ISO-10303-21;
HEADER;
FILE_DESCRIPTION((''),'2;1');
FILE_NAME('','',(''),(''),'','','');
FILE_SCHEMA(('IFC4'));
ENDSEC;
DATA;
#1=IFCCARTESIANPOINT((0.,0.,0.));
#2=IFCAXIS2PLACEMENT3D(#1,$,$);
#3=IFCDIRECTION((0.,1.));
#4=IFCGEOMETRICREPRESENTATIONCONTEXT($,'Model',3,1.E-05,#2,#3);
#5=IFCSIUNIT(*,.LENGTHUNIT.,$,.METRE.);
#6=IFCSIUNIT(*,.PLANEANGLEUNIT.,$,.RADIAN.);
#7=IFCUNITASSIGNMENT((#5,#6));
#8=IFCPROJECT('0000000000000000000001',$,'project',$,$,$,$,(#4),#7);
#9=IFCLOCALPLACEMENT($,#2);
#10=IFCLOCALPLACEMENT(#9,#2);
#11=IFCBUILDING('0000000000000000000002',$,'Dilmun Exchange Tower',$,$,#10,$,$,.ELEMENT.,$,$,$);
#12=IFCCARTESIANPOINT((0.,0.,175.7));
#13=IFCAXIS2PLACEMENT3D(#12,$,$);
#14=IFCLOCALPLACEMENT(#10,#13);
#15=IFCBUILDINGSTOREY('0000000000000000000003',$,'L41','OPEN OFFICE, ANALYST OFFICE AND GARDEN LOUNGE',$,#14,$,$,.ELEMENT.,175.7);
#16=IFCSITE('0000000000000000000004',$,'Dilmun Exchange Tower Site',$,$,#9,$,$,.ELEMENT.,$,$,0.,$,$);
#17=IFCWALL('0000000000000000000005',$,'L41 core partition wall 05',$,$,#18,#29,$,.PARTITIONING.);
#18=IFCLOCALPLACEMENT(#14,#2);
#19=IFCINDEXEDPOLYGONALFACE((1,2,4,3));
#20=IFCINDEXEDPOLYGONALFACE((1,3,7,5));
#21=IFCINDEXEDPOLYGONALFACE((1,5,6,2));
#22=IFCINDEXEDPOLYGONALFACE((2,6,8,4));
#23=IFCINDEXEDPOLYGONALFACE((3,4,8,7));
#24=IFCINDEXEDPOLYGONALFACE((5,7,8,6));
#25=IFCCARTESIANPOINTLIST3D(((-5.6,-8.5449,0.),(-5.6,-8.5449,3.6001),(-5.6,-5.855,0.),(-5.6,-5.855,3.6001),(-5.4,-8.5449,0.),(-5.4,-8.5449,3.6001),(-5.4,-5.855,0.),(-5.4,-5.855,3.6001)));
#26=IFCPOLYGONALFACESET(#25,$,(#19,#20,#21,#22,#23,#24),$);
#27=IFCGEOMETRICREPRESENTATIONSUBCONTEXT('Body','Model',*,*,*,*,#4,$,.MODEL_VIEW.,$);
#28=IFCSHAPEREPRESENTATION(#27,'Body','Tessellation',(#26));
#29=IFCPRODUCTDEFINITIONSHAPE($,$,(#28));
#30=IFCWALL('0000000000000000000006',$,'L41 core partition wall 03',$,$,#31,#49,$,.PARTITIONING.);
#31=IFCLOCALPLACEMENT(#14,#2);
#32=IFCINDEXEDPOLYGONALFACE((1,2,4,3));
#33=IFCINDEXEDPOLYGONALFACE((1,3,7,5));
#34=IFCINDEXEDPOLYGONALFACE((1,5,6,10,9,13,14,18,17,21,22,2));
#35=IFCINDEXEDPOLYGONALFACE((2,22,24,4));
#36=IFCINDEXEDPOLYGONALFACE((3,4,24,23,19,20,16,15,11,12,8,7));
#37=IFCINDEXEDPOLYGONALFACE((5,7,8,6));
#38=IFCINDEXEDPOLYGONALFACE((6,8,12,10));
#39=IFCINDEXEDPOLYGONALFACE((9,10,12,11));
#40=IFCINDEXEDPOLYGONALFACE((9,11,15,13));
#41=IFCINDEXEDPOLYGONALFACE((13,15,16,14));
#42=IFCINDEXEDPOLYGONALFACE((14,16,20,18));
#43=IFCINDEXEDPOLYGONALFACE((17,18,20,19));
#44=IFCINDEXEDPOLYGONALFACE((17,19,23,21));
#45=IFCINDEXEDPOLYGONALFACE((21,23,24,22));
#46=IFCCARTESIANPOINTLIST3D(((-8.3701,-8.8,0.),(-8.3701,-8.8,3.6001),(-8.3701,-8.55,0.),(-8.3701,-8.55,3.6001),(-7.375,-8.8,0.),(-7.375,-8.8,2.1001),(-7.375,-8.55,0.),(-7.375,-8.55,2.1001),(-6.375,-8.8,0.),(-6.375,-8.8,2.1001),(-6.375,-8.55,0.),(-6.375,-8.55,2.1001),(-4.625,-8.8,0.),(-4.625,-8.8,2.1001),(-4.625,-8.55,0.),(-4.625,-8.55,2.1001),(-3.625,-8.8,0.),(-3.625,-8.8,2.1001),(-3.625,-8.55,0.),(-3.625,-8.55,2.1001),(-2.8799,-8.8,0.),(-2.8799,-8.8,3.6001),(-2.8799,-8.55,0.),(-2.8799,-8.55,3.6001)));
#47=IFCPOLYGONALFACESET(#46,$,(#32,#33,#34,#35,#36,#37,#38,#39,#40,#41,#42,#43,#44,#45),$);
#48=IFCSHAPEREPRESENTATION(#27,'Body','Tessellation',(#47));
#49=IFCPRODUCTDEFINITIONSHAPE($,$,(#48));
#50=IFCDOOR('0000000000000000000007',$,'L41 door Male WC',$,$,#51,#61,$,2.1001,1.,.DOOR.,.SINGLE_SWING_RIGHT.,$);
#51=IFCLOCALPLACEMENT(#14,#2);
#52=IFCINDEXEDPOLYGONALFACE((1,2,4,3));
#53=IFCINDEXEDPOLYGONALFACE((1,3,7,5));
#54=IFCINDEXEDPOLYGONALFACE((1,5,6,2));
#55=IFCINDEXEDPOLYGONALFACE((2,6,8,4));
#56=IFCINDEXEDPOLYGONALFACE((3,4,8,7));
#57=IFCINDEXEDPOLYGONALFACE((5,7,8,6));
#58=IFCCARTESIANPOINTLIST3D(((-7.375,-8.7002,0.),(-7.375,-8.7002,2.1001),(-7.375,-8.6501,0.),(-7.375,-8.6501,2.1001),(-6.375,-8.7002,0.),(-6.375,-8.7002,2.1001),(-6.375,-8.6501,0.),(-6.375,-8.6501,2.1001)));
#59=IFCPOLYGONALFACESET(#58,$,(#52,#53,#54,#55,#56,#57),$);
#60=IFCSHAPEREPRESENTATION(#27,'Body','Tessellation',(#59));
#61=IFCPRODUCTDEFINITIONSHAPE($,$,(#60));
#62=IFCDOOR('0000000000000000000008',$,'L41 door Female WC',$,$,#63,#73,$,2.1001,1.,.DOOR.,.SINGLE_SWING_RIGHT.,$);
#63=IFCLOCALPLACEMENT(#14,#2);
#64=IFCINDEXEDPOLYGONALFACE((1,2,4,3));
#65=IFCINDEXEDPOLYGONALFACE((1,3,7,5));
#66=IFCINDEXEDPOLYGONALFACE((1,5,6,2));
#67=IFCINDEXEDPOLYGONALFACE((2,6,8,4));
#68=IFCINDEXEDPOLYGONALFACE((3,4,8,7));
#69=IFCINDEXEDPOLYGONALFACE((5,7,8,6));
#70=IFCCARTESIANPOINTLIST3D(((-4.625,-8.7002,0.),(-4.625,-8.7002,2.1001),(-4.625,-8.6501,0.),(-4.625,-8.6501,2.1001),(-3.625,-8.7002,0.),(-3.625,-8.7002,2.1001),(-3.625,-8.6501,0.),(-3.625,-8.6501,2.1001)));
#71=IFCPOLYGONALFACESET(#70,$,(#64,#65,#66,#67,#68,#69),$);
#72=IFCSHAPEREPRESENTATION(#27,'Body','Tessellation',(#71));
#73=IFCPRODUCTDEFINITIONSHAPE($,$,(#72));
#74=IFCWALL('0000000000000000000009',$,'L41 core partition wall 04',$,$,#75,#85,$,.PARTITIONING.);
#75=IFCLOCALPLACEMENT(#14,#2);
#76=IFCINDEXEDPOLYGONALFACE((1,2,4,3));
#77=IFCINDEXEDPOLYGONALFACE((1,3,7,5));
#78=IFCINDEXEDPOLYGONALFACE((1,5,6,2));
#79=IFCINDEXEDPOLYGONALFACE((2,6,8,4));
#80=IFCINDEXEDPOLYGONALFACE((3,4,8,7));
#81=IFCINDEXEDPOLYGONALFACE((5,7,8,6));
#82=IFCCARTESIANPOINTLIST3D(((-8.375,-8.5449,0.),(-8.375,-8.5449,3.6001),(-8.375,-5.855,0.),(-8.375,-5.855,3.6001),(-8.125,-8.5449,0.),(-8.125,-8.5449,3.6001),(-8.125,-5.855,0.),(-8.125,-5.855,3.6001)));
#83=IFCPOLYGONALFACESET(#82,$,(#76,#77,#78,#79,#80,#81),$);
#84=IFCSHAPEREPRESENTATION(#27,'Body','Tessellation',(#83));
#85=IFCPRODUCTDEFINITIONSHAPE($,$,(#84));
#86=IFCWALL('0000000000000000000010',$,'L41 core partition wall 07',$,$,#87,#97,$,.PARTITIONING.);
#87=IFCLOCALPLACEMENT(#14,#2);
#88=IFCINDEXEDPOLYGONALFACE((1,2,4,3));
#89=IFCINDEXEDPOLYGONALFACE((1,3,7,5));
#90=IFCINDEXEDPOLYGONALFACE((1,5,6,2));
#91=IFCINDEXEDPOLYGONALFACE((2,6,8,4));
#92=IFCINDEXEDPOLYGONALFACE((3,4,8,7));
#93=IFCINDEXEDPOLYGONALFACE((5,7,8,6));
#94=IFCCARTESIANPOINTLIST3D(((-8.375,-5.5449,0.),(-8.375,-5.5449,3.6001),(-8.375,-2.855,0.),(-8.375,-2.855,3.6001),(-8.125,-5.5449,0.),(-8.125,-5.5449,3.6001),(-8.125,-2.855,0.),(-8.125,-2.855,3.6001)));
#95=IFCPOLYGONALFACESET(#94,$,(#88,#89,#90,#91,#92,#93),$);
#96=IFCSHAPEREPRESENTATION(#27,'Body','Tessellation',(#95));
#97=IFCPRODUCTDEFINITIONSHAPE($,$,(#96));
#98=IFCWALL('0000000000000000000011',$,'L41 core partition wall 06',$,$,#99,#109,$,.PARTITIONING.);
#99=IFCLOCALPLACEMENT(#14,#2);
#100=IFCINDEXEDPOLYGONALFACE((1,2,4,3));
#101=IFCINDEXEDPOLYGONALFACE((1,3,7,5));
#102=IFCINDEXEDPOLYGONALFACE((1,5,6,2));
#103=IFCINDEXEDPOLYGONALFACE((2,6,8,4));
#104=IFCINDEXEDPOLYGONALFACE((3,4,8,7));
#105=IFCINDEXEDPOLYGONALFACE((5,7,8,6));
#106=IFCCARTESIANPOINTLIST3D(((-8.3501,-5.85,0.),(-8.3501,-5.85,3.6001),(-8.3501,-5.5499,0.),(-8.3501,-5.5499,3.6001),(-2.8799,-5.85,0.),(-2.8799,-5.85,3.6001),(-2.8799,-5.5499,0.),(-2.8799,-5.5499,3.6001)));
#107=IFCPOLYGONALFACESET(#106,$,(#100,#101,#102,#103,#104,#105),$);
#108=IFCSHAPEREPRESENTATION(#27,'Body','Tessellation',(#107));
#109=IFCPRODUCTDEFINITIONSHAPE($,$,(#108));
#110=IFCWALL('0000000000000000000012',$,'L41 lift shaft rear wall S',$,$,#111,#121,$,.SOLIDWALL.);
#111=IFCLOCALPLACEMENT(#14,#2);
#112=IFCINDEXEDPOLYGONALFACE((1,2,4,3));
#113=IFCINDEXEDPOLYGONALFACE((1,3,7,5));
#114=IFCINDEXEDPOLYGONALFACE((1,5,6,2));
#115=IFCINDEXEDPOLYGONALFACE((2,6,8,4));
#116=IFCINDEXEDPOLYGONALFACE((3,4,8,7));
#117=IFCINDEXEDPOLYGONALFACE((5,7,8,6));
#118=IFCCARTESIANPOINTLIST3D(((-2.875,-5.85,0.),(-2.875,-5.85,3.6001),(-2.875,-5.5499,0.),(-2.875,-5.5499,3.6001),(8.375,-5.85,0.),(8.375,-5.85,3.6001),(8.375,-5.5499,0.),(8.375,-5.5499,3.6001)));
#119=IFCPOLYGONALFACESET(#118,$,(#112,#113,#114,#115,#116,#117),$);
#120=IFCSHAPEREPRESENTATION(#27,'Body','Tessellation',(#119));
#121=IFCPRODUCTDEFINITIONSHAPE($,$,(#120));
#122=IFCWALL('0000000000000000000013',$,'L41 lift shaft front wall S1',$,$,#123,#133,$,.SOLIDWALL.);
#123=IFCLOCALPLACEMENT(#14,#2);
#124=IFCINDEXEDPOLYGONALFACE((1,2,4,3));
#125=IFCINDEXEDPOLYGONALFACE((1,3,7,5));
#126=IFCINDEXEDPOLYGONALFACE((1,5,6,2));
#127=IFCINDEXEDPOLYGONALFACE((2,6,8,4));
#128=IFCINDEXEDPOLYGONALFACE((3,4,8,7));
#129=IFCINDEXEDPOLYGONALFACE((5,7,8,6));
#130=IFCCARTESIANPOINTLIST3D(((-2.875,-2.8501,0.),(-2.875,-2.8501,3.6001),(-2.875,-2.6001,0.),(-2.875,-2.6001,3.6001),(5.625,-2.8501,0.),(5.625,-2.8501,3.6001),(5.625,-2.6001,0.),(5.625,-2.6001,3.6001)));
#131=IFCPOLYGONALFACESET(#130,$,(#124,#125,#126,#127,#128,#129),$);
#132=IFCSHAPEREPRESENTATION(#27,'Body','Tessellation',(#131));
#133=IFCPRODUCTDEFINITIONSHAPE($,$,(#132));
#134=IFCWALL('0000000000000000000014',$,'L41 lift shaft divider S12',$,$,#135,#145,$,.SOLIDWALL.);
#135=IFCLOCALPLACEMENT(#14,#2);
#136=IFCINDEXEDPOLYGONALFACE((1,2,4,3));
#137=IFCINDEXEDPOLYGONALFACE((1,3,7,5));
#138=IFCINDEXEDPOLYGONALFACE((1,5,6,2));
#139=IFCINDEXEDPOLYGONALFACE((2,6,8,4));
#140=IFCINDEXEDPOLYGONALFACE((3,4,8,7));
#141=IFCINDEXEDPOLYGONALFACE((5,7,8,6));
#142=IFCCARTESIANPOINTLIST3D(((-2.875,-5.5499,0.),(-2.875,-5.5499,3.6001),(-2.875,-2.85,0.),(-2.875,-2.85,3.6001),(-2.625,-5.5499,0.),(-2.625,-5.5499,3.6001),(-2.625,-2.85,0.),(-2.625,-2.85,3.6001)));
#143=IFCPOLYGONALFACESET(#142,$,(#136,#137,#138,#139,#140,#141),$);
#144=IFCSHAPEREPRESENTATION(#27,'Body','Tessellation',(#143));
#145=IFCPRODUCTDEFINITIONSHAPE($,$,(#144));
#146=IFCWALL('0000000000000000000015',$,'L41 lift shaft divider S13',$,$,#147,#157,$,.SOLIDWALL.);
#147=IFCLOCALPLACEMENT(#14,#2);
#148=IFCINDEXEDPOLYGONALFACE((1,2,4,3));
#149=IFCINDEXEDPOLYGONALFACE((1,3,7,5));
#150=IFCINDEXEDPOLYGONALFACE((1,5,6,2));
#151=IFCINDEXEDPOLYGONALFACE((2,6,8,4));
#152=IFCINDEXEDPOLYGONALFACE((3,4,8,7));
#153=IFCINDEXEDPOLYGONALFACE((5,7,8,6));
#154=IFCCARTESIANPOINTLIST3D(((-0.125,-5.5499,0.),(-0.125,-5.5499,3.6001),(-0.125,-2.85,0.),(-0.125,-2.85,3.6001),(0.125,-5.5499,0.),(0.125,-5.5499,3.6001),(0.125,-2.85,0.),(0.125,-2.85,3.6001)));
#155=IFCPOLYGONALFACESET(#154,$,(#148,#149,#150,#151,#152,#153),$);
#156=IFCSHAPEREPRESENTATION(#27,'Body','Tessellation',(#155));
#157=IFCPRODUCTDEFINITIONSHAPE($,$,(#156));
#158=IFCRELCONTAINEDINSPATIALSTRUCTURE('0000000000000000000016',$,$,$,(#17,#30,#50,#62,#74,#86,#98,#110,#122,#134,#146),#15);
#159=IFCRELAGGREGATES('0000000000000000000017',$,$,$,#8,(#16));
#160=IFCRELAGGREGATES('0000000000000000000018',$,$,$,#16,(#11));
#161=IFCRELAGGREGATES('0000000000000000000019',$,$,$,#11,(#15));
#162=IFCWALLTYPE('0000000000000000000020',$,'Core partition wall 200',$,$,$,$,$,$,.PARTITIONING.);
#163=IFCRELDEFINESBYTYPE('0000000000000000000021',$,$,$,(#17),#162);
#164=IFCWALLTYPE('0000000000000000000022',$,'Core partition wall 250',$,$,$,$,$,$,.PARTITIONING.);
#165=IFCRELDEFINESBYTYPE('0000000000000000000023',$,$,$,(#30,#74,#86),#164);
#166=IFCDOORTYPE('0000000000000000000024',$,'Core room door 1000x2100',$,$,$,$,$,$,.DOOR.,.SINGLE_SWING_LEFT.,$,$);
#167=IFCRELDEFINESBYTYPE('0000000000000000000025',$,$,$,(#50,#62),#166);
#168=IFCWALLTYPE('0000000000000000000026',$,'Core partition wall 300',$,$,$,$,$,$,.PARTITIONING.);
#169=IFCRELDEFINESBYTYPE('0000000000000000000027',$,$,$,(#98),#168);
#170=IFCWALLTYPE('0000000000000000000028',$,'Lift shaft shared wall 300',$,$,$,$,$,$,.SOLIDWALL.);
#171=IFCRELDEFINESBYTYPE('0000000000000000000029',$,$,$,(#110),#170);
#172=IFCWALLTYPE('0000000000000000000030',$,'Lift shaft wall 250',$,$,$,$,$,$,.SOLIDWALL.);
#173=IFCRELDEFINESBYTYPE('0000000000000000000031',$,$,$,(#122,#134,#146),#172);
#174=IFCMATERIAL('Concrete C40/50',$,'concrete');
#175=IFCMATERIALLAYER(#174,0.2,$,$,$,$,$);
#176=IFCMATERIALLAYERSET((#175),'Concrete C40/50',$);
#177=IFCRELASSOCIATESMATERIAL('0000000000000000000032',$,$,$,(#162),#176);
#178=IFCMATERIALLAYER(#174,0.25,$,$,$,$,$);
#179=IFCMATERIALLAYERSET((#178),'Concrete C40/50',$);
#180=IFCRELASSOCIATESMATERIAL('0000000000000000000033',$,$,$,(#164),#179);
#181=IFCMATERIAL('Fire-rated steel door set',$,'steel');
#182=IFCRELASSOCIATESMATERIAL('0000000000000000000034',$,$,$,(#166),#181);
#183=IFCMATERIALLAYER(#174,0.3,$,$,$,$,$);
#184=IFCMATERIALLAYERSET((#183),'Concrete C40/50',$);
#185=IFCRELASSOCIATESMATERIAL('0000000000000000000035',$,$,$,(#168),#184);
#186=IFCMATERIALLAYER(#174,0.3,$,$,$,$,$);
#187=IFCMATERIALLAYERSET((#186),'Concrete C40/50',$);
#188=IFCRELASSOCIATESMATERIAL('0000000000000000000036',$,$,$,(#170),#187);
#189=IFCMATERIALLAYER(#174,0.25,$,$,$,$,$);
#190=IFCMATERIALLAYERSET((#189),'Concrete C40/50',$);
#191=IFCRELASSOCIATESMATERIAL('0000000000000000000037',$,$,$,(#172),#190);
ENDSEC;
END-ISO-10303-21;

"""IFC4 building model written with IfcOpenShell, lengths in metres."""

from ifc_helpers import new_model, si_unit, direction, frame, frame_2d, origin, place, context, subcontext, project, spatial, rectangle, extrude, material, layer, layer_set, type_object, element, fill, save


model = new_model("IFC4")

# Units and contexts
model_context = context("Model", 3, precision=1e-05, world=origin(), true_north=direction((0.0, 1.0)))
body_context = subcontext(model_context, "Body", "Model", "MODEL_VIEW")
ifc_project = project(units=[si_unit("LENGTHUNIT", "METRE"), si_unit("PLANEANGLEUNIT", "RADIAN")], contexts=[model_context])

# Site, building, storey
site_placement = place(None, origin())
site = spatial("IfcSite", under=ifc_project, at=site_placement, Name="Dilmun Exchange Tower Site", CompositionType="ELEMENT", RefElevation=0.0)
building_placement = place(site_placement, origin())
building = spatial("IfcBuilding", under=site, at=building_placement, Name="Dilmun Exchange Tower", CompositionType="ELEMENT")
storey_placement = place(building_placement, frame((0.0, 0.0, 175.7)))
storey = spatial("IfcBuildingStorey", under=building, at=storey_placement, Name="L41", Description="OPEN OFFICE, ANALYST OFFICE AND GARDEN LOUNGE", CompositionType="ELEMENT", Elevation=175.7)

# Wall
ifc_material_1 = material(Name="Concrete C40/50", Category="concrete")
ifc_layer_1 = layer(ifc_material_1, 0.2)
ifc_layer_set_1 = layer_set([ifc_layer_1], Name="Concrete C40/50")
wall_type_1 = type_object("IfcWallType", Name="Core partition wall 200", PredefinedType="PARTITIONING", material=ifc_layer_set_1)
wall_1_placement = place(storey_placement, frame((-5.5, -8.5449, 0.0), z_axis=(0.0, 0.0, 1.0), x_axis=(0.0, 1.0, 0.0)))
element("IfcWall", 1, at=wall_1_placement, inside=storey, type_object=wall_type_1, Name="L41 core partition wall 05", PredefinedType="PARTITIONING", context=body_context, shape_type="SweptSolid", body=[
    extrude(rectangle(XDim=2.6899, YDim=0.2, at=frame_2d((1.345, 0.0))), origin(), (0.0, 0.0, 1.0), 3.6001),
])

# Wall, openings, doors
ifc_layer_2 = layer(ifc_material_1, 0.25)
ifc_layer_set_2 = layer_set([ifc_layer_2], Name="Concrete C40/50")
wall_type_2 = type_object("IfcWallType", Name="Core partition wall 250", PredefinedType="PARTITIONING", material=ifc_layer_set_2)
wall_2_placement = place(storey_placement, frame((-8.3701, -8.675, 0.0), z_axis=(0.0, 0.0, 1.0), x_axis=(1.0, 0.0, 0.0)))
wall_2 = element("IfcWall", 2, at=wall_2_placement, inside=storey, type_object=wall_type_2, Name="L41 core partition wall 03", PredefinedType="PARTITIONING", context=body_context, shape_type="SweptSolid", body=[
    extrude(rectangle(XDim=5.4902, YDim=0.25, at=frame_2d((2.7451, 0.0))), origin(), (0.0, 0.0, 1.0), 3.6001),
])
opening_1_placement = place(wall_2_placement, frame((0.9951, 0.0, 0.0)))
opening_1 = element("IfcOpeningElement", 3, at=opening_1_placement, cuts=wall_2, PredefinedType="OPENING", context=body_context, shape_type="SweptSolid", body=[
    extrude(rectangle(XDim=1.0, YDim=2.1001, at=frame_2d((0.5, 1.05))), frame((0.0, 0.135, 0.0), z_axis=(0.0, -1.0, 0.0), x_axis=(1.0, 0.0, 0.0)), (0.0, 0.0, 1.0), 0.27),
])
opening_2_placement = place(wall_2_placement, frame((3.7451, 0.0, 0.0)))
opening_2 = element("IfcOpeningElement", 4, at=opening_2_placement, cuts=wall_2, PredefinedType="OPENING", context=body_context, shape_type="SweptSolid", body=[
    extrude(rectangle(XDim=1.0, YDim=2.1001, at=frame_2d((0.5, 1.05))), frame((0.0, 0.135, 0.0), z_axis=(0.0, -1.0, 0.0), x_axis=(1.0, 0.0, 0.0)), (0.0, 0.0, 1.0), 0.27),
])
ifc_material_2 = material(Name="Fire-rated steel door set", Category="steel")
door_type_1 = type_object("IfcDoorType", Name="Core room door 1000x2100", OperationType="SINGLE_SWING_LEFT", PredefinedType="DOOR", material=ifc_material_2)
door_1_placement = place(opening_1_placement, origin())
door_1 = element("IfcDoor", 5, at=door_1_placement, inside=storey, type_object=door_type_1, Name="L41 door Male WC", OperationType="SINGLE_SWING_RIGHT", OverallHeight=2.1001, OverallWidth=1.0, PredefinedType="DOOR", context=body_context, shape_type="SweptSolid", body=[
    extrude(rectangle(XDim=1.0, YDim=2.1001, at=frame_2d((0.5, 1.05))), frame((0.0, 0.0249, 0.0), z_axis=(0.0, -1.0, 0.0), x_axis=(1.0, 0.0, 0.0)), (0.0, 0.0, 1.0), 0.05),
])
fill(opening_1, door_1)
door_2_placement = place(opening_2_placement, origin())
door_2 = element("IfcDoor", 6, at=door_2_placement, inside=storey, type_object=door_type_1, Name="L41 door Female WC", OperationType="SINGLE_SWING_RIGHT", OverallHeight=2.1001, OverallWidth=1.0, PredefinedType="DOOR", context=body_context, shape_type="SweptSolid", body=[
    extrude(rectangle(XDim=1.0, YDim=2.1001, at=frame_2d((0.5, 1.05))), frame((0.0, 0.0249, 0.0), z_axis=(0.0, -1.0, 0.0), x_axis=(1.0, 0.0, 0.0)), (0.0, 0.0, 1.0), 0.05),
])
fill(opening_2, door_2)

# Walls
for number, where, z_axis, x_axis, name in (
    (7, (-8.25, -8.5449, 0.0), (0.0, 0.0, 1.0), (0.0, 1.0, 0.0), "L41 core partition wall 04"),
    (8, (-8.25, -5.5449, 0.0), (0.0, 0.0, 1.0), (0.0, 1.0, 0.0), "L41 core partition wall 07"),
):
    element("IfcWall", number, at=place(storey_placement, frame(where, z_axis=z_axis, x_axis=x_axis)), inside=storey, type_object=wall_type_2, Name=name, PredefinedType="PARTITIONING", context=body_context, shape_type="SweptSolid", body=[
        extrude(rectangle(XDim=2.6899, YDim=0.25, at=frame_2d((1.345, 0.0))), origin(), (0.0, 0.0, 1.0), 3.6001),
    ])
ifc_layer_3 = layer(ifc_material_1, 0.3)
ifc_layer_set_3 = layer_set([ifc_layer_3], Name="Concrete C40/50")
wall_type_3 = type_object("IfcWallType", Name="Core partition wall 300", PredefinedType="PARTITIONING", material=ifc_layer_set_3)
wall_3_placement = place(storey_placement, frame((-8.3501, -5.7, 0.0), z_axis=(0.0, 0.0, 1.0), x_axis=(1.0, 0.0, 0.0)))
element("IfcWall", 9, at=wall_3_placement, inside=storey, type_object=wall_type_3, Name="L41 core partition wall 06", PredefinedType="PARTITIONING", context=body_context, shape_type="SweptSolid", body=[
    extrude(rectangle(XDim=5.4702, YDim=0.3, at=frame_2d((2.7351, 0.0))), origin(), (0.0, 0.0, 1.0), 3.6001),
])
ifc_layer_4 = layer(ifc_material_1, 0.3)
ifc_layer_set_4 = layer_set([ifc_layer_4], Name="Concrete C40/50")
wall_type_4 = type_object("IfcWallType", Name="Lift shaft shared wall 300", PredefinedType="SOLIDWALL", material=ifc_layer_set_4)
wall_4_placement = place(storey_placement, frame((-2.875, -5.7, 0.0), z_axis=(0.0, 0.0, 1.0), x_axis=(1.0, 0.0, 0.0)))
element("IfcWall", 10, at=wall_4_placement, inside=storey, type_object=wall_type_4, Name="L41 lift shaft rear wall S", PredefinedType="SOLIDWALL", context=body_context, shape_type="SweptSolid", body=[
    extrude(rectangle(XDim=11.25, YDim=0.3, at=frame_2d((5.625, 0.0))), origin(), (0.0, 0.0, 1.0), 3.6001),
])
ifc_layer_5 = layer(ifc_material_1, 0.25)
ifc_layer_set_5 = layer_set([ifc_layer_5], Name="Concrete C40/50")
wall_type_5 = type_object("IfcWallType", Name="Lift shaft wall 250", PredefinedType="SOLIDWALL", material=ifc_layer_set_5)
wall_5_placement = place(storey_placement, frame((-2.875, -2.7251, 0.0), z_axis=(0.0, 0.0, 1.0), x_axis=(1.0, 0.0, 0.0)))
element("IfcWall", 11, at=wall_5_placement, inside=storey, type_object=wall_type_5, Name="L41 lift shaft front wall S1", PredefinedType="SOLIDWALL", context=body_context, shape_type="SweptSolid", body=[
    extrude(rectangle(XDim=8.5, YDim=0.25, at=frame_2d((4.25, 0.0))), origin(), (0.0, 0.0, 1.0), 3.6001),
])
for number, where, z_axis, x_axis, name in (
    (12, (-2.75, -5.55, 0.0), (0.0, 0.0, 1.0), (0.0, 1.0, 0.0), "L41 lift shaft divider S12"),
    (13, (0.0, -5.55, 0.0), (0.0, 0.0, 1.0), (0.0, 1.0, 0.0), "L41 lift shaft divider S13"),
):
    element("IfcWall", number, at=place(storey_placement, frame(where, z_axis=z_axis, x_axis=x_axis)), inside=storey, type_object=wall_type_5, Name=name, PredefinedType="SOLIDWALL", context=body_context, shape_type="SweptSolid", body=[
        extrude(rectangle(XDim=2.7, YDim=0.25, at=frame_2d((1.3501, 0.0))), origin(), (0.0, 0.0, 1.0), 3.6001),
    ])

save(model, "model.ifc")
